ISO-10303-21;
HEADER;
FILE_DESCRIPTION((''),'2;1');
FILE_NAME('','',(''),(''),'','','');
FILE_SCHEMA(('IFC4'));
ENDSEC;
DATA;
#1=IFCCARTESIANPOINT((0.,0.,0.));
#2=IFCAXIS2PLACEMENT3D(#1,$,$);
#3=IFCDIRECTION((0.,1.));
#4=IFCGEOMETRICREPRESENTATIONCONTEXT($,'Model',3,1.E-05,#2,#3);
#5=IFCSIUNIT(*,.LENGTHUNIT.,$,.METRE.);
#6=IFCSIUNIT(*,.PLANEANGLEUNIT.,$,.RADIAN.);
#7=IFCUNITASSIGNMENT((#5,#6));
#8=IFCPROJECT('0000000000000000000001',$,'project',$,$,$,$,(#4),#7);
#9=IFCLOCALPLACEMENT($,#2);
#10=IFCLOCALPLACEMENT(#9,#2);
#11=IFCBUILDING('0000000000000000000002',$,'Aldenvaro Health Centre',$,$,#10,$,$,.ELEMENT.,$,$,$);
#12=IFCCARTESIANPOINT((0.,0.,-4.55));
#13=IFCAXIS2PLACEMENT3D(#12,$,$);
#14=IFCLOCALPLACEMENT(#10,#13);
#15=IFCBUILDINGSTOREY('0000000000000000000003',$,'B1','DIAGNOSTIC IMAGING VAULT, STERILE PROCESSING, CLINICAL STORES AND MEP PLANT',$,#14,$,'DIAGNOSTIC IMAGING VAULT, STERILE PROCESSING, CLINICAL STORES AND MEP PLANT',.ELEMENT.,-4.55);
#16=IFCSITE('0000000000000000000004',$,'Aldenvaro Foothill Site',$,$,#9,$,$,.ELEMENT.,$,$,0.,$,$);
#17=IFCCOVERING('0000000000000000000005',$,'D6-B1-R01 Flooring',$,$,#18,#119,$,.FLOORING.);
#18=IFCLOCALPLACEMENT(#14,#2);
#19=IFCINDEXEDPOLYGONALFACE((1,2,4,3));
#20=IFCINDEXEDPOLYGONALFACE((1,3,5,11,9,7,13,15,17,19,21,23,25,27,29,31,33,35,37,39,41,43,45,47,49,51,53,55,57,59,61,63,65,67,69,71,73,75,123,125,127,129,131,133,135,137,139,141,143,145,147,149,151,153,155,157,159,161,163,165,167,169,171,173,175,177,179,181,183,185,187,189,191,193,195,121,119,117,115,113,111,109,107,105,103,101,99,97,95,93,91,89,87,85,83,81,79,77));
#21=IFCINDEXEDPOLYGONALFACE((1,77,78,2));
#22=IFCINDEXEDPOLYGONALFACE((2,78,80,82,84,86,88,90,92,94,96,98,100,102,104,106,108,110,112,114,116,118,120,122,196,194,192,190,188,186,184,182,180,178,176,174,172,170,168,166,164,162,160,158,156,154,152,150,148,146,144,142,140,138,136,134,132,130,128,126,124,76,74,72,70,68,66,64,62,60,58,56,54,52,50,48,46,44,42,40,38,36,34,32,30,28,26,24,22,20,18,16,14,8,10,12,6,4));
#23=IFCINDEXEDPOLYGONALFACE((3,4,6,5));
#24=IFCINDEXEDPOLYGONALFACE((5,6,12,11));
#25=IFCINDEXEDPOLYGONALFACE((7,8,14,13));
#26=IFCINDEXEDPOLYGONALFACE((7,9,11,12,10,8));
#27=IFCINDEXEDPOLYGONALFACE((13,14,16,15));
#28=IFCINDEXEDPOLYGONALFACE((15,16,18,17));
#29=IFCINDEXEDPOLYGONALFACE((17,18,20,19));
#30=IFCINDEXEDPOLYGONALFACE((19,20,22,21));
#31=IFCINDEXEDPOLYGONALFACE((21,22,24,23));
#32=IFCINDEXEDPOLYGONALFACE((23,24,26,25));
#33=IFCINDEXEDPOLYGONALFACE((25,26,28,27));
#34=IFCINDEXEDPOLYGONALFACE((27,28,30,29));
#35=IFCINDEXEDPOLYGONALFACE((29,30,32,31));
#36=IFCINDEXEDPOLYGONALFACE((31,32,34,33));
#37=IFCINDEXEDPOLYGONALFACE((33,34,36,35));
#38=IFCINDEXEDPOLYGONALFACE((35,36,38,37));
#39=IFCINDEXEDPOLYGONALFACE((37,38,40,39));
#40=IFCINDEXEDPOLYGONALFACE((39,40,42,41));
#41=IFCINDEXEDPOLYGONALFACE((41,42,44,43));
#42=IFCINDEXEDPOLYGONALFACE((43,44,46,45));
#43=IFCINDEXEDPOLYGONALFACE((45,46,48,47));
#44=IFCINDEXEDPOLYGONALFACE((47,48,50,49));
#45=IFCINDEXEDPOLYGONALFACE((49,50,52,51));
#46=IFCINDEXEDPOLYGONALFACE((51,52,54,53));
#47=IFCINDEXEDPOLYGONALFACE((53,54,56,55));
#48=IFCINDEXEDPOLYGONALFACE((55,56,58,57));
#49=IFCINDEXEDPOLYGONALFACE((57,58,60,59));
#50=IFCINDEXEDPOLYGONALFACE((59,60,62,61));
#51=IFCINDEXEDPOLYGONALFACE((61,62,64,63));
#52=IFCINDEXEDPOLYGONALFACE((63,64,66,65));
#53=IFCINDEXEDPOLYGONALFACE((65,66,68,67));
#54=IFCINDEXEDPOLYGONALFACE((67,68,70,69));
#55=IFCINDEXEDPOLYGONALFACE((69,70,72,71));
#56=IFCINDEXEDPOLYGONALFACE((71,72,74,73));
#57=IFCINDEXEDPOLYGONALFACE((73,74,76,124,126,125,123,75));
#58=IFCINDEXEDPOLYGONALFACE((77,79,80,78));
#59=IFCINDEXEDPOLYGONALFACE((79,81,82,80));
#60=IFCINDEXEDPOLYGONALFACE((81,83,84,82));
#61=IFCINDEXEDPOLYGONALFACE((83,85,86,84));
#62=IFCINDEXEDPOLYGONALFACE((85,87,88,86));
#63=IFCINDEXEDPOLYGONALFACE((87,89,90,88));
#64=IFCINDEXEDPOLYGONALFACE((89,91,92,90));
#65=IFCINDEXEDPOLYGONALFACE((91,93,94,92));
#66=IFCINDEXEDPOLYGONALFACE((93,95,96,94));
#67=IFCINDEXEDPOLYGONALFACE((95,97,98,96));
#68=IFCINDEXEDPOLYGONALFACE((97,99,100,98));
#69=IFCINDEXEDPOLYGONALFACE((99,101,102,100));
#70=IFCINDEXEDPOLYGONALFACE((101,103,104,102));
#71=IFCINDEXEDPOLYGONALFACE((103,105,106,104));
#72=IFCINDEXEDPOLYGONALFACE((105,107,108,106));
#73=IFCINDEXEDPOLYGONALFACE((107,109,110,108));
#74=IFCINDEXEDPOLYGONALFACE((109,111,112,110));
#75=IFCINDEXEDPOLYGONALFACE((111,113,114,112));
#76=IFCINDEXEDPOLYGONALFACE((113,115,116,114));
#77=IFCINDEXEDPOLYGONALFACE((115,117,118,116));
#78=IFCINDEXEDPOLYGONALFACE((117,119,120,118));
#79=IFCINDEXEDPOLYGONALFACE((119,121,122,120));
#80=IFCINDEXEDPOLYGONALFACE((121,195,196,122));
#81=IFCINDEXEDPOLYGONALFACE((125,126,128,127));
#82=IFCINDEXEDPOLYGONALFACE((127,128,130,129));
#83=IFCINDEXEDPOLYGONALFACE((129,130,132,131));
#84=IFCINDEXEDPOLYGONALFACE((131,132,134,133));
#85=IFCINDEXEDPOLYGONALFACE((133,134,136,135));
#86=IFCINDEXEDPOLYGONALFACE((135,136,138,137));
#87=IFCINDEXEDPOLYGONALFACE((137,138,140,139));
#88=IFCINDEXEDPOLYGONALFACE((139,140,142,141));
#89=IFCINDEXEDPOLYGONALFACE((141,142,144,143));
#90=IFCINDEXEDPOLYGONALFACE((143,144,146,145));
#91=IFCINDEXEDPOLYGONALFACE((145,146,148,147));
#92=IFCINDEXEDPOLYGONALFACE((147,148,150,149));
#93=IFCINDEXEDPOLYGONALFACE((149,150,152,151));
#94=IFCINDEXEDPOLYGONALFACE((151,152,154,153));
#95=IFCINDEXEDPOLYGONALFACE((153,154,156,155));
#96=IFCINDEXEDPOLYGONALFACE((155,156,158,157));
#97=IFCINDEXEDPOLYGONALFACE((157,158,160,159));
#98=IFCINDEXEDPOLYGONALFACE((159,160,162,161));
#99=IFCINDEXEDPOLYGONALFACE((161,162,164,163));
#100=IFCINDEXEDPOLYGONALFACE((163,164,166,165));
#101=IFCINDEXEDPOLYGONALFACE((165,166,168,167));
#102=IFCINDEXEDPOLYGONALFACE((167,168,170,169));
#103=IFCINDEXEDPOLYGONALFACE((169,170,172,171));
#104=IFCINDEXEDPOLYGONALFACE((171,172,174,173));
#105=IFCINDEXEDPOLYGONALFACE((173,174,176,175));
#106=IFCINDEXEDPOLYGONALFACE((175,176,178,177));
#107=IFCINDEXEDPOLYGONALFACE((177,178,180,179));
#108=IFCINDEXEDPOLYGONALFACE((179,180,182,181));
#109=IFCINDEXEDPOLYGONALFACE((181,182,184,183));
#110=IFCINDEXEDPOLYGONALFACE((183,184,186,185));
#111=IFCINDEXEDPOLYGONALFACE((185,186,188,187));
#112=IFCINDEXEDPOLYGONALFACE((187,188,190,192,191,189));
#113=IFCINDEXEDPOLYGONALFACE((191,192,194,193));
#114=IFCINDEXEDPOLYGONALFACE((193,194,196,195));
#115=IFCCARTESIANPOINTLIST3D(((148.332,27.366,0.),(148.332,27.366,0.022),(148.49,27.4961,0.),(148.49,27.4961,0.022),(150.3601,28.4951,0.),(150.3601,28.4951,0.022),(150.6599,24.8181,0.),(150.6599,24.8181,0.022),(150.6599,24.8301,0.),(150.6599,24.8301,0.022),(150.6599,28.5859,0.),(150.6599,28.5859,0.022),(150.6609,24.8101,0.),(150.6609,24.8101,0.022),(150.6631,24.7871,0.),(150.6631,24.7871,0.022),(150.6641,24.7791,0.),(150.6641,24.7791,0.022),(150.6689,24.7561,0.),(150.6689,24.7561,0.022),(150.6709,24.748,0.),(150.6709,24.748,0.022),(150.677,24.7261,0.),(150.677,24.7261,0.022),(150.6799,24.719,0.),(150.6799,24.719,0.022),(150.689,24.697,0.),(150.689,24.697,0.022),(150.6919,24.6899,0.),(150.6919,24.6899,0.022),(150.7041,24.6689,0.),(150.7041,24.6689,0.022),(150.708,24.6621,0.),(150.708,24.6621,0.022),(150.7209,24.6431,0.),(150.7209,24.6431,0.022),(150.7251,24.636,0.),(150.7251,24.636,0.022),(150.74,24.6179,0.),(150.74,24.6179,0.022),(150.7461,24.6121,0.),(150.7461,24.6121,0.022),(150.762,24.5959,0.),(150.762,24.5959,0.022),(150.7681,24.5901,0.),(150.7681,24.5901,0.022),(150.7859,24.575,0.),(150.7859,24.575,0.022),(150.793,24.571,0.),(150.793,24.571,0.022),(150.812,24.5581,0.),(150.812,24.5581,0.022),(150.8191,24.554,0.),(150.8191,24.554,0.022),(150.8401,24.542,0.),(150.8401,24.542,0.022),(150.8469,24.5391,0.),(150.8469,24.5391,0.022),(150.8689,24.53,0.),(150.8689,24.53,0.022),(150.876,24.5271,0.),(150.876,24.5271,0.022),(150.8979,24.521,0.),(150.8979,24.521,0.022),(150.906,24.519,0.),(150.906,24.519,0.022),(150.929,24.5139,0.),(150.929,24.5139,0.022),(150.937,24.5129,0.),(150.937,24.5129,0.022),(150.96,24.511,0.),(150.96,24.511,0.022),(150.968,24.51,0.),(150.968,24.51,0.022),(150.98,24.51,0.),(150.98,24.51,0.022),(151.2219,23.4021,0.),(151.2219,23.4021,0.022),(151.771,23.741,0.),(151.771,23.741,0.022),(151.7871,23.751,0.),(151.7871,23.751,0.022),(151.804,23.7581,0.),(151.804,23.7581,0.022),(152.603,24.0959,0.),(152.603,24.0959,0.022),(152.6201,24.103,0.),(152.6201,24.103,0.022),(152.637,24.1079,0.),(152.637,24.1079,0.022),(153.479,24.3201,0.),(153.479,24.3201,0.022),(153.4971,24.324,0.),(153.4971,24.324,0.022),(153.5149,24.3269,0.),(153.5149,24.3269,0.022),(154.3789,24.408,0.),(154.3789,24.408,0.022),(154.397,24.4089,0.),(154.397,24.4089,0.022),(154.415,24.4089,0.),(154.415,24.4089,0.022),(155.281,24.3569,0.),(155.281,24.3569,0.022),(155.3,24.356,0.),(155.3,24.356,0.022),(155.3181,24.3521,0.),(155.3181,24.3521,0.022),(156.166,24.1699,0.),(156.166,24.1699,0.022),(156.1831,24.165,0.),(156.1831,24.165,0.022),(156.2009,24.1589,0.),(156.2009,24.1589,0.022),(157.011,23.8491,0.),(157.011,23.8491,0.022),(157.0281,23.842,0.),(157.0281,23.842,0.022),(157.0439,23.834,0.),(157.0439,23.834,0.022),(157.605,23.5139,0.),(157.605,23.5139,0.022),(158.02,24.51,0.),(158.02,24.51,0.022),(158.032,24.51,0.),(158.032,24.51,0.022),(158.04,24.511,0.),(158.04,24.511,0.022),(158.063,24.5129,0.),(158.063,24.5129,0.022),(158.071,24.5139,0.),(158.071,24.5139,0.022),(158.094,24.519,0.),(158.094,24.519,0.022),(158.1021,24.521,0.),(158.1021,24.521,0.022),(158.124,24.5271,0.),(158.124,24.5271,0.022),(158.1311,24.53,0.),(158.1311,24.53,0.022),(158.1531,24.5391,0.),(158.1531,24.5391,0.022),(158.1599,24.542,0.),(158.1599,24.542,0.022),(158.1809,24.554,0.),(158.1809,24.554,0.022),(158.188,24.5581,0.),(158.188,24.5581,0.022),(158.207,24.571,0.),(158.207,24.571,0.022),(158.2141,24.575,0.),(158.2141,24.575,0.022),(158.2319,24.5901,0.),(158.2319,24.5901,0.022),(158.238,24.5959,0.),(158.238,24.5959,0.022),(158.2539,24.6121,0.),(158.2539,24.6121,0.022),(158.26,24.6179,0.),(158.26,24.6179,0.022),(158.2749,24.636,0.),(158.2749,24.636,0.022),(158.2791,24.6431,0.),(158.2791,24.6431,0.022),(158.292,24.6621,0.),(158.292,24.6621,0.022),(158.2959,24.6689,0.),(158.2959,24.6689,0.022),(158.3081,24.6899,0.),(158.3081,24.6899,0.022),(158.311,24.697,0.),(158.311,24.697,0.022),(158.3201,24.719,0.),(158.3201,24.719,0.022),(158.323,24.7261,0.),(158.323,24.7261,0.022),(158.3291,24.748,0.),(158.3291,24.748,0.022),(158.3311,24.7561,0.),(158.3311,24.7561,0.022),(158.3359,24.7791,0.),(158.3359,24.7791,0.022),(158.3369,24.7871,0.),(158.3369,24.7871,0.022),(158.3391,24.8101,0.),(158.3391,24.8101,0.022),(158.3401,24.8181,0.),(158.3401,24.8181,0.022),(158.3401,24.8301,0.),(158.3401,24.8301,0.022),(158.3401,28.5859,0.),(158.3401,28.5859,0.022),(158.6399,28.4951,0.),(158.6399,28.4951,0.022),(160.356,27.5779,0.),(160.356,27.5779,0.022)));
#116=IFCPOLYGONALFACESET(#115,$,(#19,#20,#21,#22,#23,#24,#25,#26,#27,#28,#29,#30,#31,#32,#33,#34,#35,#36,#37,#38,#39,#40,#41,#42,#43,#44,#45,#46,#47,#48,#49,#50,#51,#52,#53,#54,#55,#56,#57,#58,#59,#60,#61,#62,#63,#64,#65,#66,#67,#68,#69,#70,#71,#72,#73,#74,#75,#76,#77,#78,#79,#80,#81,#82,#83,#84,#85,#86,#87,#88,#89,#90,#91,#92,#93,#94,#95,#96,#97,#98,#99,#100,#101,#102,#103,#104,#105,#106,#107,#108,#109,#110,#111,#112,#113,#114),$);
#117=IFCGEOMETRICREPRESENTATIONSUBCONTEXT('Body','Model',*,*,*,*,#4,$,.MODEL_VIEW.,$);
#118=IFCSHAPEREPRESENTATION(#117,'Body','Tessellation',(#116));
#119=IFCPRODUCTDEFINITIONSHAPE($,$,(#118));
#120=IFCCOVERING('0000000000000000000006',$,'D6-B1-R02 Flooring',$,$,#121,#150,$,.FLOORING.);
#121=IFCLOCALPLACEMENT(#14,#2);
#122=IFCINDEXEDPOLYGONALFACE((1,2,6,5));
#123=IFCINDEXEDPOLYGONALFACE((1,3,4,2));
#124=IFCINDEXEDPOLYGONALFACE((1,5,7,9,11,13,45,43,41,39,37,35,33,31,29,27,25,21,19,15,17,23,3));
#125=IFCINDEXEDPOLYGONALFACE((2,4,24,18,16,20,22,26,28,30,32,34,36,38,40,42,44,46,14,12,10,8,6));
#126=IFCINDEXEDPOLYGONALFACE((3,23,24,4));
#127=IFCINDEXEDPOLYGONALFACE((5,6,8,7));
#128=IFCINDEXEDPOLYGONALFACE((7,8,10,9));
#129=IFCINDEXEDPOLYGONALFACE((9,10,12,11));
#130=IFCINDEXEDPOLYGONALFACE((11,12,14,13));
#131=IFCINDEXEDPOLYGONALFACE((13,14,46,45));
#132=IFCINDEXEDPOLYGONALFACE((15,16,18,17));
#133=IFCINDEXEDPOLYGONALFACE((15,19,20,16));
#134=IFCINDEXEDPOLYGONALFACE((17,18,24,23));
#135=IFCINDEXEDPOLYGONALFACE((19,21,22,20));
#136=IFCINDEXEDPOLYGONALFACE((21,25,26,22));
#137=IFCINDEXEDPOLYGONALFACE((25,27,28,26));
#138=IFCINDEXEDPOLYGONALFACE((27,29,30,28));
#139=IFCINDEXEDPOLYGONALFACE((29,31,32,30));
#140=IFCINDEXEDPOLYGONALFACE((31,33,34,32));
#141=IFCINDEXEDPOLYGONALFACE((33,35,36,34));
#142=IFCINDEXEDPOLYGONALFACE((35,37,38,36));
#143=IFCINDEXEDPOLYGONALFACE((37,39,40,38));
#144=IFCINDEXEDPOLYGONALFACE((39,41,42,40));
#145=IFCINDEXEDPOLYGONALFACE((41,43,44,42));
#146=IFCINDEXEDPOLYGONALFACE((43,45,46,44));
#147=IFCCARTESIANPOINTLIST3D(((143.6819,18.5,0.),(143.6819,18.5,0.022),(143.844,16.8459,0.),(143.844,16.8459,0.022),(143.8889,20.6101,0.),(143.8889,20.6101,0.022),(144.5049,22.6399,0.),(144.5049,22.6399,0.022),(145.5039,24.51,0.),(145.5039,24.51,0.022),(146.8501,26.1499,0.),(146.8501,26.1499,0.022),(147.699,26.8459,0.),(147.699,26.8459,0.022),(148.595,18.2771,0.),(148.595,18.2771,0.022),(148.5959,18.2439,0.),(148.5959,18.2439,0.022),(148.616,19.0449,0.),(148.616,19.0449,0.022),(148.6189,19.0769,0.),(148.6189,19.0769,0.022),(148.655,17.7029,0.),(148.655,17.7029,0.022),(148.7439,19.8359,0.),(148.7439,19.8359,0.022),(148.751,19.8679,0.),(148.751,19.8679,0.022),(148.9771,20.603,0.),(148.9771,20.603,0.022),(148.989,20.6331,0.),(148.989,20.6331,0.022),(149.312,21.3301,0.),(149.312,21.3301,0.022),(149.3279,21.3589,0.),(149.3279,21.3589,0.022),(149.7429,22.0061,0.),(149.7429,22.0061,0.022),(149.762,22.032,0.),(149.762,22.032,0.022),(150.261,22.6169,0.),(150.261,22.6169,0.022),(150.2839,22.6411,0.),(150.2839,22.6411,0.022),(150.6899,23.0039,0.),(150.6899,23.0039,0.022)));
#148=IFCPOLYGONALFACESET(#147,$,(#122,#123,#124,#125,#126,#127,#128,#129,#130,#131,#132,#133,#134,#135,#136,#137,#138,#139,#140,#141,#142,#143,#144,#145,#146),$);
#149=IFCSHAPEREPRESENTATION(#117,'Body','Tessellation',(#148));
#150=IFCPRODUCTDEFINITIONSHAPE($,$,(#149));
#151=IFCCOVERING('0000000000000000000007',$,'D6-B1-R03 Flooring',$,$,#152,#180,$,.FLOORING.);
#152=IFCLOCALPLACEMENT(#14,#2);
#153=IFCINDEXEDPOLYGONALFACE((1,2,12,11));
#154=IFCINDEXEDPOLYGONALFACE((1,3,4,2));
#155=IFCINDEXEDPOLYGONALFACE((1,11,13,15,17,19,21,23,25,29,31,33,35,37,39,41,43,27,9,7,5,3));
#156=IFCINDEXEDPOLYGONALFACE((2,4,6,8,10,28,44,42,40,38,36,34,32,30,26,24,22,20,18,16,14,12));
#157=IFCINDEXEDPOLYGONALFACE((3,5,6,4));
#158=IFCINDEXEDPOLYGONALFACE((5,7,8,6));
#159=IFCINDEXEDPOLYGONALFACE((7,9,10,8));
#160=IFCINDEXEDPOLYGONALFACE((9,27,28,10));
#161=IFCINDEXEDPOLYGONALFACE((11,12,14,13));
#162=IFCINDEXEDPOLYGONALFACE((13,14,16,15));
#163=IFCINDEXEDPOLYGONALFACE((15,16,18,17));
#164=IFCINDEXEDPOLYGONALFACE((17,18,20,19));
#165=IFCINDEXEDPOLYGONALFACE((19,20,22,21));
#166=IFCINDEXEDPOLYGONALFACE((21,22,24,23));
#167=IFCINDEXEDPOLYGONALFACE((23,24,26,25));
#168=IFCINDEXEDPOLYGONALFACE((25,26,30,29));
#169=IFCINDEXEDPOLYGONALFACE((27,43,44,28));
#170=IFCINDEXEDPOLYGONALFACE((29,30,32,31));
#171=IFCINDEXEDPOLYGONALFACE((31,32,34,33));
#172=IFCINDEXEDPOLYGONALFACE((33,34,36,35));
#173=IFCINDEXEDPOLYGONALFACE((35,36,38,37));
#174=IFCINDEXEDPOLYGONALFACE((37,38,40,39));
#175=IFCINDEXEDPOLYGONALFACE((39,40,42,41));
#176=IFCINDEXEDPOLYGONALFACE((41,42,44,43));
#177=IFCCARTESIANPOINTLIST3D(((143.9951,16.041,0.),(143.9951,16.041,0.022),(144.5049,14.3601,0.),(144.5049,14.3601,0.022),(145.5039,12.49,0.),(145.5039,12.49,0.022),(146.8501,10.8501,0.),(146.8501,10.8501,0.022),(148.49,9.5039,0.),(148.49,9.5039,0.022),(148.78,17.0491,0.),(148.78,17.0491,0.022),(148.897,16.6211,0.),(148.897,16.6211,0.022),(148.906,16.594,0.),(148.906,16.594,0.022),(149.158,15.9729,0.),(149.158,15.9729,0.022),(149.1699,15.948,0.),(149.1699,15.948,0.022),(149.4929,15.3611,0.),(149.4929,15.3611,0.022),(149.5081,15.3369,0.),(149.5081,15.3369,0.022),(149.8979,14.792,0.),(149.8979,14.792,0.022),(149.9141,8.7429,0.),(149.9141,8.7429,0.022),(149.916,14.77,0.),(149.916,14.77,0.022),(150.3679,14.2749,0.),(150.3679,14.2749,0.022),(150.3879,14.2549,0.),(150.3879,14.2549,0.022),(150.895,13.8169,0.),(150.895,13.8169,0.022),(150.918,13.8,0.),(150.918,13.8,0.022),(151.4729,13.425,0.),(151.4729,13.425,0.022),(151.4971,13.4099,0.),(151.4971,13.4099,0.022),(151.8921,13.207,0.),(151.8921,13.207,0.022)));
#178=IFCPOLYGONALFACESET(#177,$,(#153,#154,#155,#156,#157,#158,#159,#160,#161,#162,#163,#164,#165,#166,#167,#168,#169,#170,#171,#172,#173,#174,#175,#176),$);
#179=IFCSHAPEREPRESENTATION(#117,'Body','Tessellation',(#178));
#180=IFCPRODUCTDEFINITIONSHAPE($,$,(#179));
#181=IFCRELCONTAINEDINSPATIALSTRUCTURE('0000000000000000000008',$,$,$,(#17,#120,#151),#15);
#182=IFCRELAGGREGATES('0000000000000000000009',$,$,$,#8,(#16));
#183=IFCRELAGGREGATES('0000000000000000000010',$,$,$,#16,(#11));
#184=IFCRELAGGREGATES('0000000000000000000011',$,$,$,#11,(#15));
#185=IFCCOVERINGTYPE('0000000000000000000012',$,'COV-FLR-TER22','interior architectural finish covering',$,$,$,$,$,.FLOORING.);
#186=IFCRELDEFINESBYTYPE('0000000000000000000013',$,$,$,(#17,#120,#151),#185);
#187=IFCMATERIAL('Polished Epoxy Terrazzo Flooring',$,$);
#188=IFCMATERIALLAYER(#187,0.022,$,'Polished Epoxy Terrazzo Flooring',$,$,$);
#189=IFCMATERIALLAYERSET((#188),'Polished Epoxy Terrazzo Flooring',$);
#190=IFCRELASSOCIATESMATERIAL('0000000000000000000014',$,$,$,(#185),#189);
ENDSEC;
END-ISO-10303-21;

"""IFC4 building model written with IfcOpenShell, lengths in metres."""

from ifc_helpers import new_model, si_unit, direction, frame, origin, place, context, subcontext, project, spatial, polyline, outline, extrude, material, layer, layer_set, type_object, element, save


model = new_model("IFC4")

# Units and contexts
model_context = context("Model", 3, precision=1e-05, world=origin(), true_north=direction((0.0, 1.0)))
body_context = subcontext(model_context, "Body", "Model", "MODEL_VIEW")
ifc_project = project(units=[si_unit("LENGTHUNIT", "METRE"), si_unit("PLANEANGLEUNIT", "RADIAN")], contexts=[model_context])

# Site, building, storey
site_placement = place(None, origin())
site = spatial("IfcSite", under=ifc_project, at=site_placement, Name="Aldenvaro Foothill Site", CompositionType="ELEMENT", RefElevation=0.0)
building_placement = place(site_placement, origin())
building = spatial("IfcBuilding", under=site, at=building_placement, Name="Aldenvaro Health Centre", CompositionType="ELEMENT")
storey_placement = place(building_placement, frame((0.0, 0.0, -4.55)))
storey = spatial("IfcBuildingStorey", under=building, at=storey_placement, Name="B1", Description="DIAGNOSTIC IMAGING VAULT, STERILE PROCESSING, CLINICAL STORES AND MEP PLANT", LongName="DIAGNOSTIC IMAGING VAULT, STERILE PROCESSING, CLINICAL STORES AND MEP PLANT", CompositionType="ELEMENT", Elevation=-4.55)

# Coverings
ifc_material_1 = material(Name="Polished Epoxy Terrazzo Flooring")
ifc_layer_1 = layer(ifc_material_1, 0.022, Name="Polished Epoxy Terrazzo Flooring")
ifc_layer_set_1 = layer_set([ifc_layer_1], Name="Polished Epoxy Terrazzo Flooring")
covering_type_1 = type_object("IfcCoveringType", Name="COV-FLR-TER22", Description="interior architectural finish covering", PredefinedType="FLOORING", material=ifc_layer_set_1)
covering_1_placement = place(storey_placement, origin())
element("IfcCovering", 1, at=covering_1_placement, inside=storey, type_object=covering_type_1, Name="D6-B1-R01 Flooring", PredefinedType="FLOORING", context=body_context, shape_type="SweptSolid", body=[
    extrude(outline(polyline([(157.0439, 23.834), (157.0281, 23.842), (157.011, 23.8491), (156.2009, 24.1589), (156.1831, 24.165), (156.166, 24.1699), (155.3181, 24.3521), (155.3, 24.356), (155.281, 24.3569), (154.415, 24.4089), (154.397, 24.4089), (154.3789, 24.408), (153.5149, 24.3269), (153.4971, 24.324), (153.479, 24.3201), (152.637, 24.1079), (152.6201, 24.103), (152.603, 24.0959), (151.804, 23.7581), (151.7871, 23.751), (151.771, 23.741), (151.2219, 23.4021), (148.332, 27.366), (148.49, 27.4961), (150.3601, 28.4951), (150.6599, 28.5859), (150.6599, 24.8301), (150.6599, 24.8181), (150.6609, 24.8101), (150.6631, 24.7871), (150.6641, 24.7791), (150.6689, 24.7561), (150.6709, 24.748), (150.677, 24.7261), (150.6799, 24.719), (150.689, 24.697), (150.6919, 24.6899), (150.7041, 24.6689), (150.708, 24.6621), (150.7209, 24.6431), (150.7251, 24.636), (150.74, 24.6179), (150.7461, 24.6121), (150.762, 24.5959), (150.7681, 24.5901), (150.7859, 24.575), (150.793, 24.571), (150.812, 24.5581), (150.8191, 24.554), (150.8401, 24.542), (150.8469, 24.5391), (150.8689, 24.53), (150.876, 24.5271), (150.8979, 24.521), (150.906, 24.519), (150.929, 24.5139), (150.937, 24.5129), (150.96, 24.511), (150.968, 24.51), (150.98, 24.51), (158.02, 24.51), (158.032, 24.51), (158.04, 24.511), (158.063, 24.5129), (158.071, 24.5139), (158.094, 24.519), (158.1021, 24.521), (158.124, 24.5271), (158.1311, 24.53), (158.1531, 24.5391), (158.1599, 24.542), (158.1809, 24.554), (158.188, 24.5581), (158.207, 24.571), (158.2141, 24.575), (158.2319, 24.5901), (158.238, 24.5959), (158.2539, 24.6121), (158.26, 24.6179), (158.2749, 24.636), (158.2791, 24.6431), (158.292, 24.6621), (158.2959, 24.6689), (158.3081, 24.6899), (158.311, 24.697), (158.3201, 24.719), (158.323, 24.7261), (158.3291, 24.748), (158.3311, 24.7561), (158.3359, 24.7791), (158.3369, 24.7871), (158.3391, 24.8101), (158.3401, 24.8181), (158.3401, 24.8301), (158.3401, 28.5859), (158.6399, 28.4951), (160.356, 27.5779), (157.605, 23.5139), (157.0439, 23.834)])), origin(), (0.0, 0.0, 1.0), 0.022),
])
covering_2_placement = place(storey_placement, origin())
element("IfcCovering", 2, at=covering_2_placement, inside=storey, type_object=covering_type_1, Name="D6-B1-R02 Flooring", PredefinedType="FLOORING", context=body_context, shape_type="SweptSolid", body=[
    extrude(outline(polyline([(150.2839, 22.6411), (150.261, 22.6169), (149.762, 22.032), (149.7429, 22.0061), (149.3279, 21.3589), (149.312, 21.3301), (148.989, 20.6331), (148.9771, 20.603), (148.751, 19.8679), (148.7439, 19.8359), (148.6189, 19.0769), (148.616, 19.0449), (148.595, 18.2771), (148.5959, 18.2439), (148.655, 17.7029), (143.844, 16.8459), (143.6819, 18.5), (143.8889, 20.6101), (144.5049, 22.6399), (145.5039, 24.51), (146.8501, 26.1499), (147.699, 26.8459), (150.6899, 23.0039), (150.2839, 22.6411)])), origin(), (0.0, 0.0, 1.0), 0.022),
])
covering_3_placement = place(storey_placement, origin())
element("IfcCovering", 3, at=covering_3_placement, inside=storey, type_object=covering_type_1, Name="D6-B1-R03 Flooring", PredefinedType="FLOORING", context=body_context, shape_type="SweptSolid", body=[
    extrude(outline(polyline([(148.897, 16.6211), (148.906, 16.594), (149.158, 15.9729), (149.1699, 15.948), (149.4929, 15.3611), (149.5081, 15.3369), (149.8979, 14.792), (149.916, 14.77), (150.3679, 14.2749), (150.3879, 14.2549), (150.895, 13.8169), (150.918, 13.8), (151.4729, 13.425), (151.4971, 13.4099), (151.8921, 13.207), (149.9141, 8.7429), (148.49, 9.5039), (146.8501, 10.8501), (145.5039, 12.49), (144.5049, 14.3601), (143.9951, 16.041), (148.78, 17.0491), (148.897, 16.6211)])), origin(), (0.0, 0.0, 1.0), 0.022),
])

save(model, "model.ifc")
